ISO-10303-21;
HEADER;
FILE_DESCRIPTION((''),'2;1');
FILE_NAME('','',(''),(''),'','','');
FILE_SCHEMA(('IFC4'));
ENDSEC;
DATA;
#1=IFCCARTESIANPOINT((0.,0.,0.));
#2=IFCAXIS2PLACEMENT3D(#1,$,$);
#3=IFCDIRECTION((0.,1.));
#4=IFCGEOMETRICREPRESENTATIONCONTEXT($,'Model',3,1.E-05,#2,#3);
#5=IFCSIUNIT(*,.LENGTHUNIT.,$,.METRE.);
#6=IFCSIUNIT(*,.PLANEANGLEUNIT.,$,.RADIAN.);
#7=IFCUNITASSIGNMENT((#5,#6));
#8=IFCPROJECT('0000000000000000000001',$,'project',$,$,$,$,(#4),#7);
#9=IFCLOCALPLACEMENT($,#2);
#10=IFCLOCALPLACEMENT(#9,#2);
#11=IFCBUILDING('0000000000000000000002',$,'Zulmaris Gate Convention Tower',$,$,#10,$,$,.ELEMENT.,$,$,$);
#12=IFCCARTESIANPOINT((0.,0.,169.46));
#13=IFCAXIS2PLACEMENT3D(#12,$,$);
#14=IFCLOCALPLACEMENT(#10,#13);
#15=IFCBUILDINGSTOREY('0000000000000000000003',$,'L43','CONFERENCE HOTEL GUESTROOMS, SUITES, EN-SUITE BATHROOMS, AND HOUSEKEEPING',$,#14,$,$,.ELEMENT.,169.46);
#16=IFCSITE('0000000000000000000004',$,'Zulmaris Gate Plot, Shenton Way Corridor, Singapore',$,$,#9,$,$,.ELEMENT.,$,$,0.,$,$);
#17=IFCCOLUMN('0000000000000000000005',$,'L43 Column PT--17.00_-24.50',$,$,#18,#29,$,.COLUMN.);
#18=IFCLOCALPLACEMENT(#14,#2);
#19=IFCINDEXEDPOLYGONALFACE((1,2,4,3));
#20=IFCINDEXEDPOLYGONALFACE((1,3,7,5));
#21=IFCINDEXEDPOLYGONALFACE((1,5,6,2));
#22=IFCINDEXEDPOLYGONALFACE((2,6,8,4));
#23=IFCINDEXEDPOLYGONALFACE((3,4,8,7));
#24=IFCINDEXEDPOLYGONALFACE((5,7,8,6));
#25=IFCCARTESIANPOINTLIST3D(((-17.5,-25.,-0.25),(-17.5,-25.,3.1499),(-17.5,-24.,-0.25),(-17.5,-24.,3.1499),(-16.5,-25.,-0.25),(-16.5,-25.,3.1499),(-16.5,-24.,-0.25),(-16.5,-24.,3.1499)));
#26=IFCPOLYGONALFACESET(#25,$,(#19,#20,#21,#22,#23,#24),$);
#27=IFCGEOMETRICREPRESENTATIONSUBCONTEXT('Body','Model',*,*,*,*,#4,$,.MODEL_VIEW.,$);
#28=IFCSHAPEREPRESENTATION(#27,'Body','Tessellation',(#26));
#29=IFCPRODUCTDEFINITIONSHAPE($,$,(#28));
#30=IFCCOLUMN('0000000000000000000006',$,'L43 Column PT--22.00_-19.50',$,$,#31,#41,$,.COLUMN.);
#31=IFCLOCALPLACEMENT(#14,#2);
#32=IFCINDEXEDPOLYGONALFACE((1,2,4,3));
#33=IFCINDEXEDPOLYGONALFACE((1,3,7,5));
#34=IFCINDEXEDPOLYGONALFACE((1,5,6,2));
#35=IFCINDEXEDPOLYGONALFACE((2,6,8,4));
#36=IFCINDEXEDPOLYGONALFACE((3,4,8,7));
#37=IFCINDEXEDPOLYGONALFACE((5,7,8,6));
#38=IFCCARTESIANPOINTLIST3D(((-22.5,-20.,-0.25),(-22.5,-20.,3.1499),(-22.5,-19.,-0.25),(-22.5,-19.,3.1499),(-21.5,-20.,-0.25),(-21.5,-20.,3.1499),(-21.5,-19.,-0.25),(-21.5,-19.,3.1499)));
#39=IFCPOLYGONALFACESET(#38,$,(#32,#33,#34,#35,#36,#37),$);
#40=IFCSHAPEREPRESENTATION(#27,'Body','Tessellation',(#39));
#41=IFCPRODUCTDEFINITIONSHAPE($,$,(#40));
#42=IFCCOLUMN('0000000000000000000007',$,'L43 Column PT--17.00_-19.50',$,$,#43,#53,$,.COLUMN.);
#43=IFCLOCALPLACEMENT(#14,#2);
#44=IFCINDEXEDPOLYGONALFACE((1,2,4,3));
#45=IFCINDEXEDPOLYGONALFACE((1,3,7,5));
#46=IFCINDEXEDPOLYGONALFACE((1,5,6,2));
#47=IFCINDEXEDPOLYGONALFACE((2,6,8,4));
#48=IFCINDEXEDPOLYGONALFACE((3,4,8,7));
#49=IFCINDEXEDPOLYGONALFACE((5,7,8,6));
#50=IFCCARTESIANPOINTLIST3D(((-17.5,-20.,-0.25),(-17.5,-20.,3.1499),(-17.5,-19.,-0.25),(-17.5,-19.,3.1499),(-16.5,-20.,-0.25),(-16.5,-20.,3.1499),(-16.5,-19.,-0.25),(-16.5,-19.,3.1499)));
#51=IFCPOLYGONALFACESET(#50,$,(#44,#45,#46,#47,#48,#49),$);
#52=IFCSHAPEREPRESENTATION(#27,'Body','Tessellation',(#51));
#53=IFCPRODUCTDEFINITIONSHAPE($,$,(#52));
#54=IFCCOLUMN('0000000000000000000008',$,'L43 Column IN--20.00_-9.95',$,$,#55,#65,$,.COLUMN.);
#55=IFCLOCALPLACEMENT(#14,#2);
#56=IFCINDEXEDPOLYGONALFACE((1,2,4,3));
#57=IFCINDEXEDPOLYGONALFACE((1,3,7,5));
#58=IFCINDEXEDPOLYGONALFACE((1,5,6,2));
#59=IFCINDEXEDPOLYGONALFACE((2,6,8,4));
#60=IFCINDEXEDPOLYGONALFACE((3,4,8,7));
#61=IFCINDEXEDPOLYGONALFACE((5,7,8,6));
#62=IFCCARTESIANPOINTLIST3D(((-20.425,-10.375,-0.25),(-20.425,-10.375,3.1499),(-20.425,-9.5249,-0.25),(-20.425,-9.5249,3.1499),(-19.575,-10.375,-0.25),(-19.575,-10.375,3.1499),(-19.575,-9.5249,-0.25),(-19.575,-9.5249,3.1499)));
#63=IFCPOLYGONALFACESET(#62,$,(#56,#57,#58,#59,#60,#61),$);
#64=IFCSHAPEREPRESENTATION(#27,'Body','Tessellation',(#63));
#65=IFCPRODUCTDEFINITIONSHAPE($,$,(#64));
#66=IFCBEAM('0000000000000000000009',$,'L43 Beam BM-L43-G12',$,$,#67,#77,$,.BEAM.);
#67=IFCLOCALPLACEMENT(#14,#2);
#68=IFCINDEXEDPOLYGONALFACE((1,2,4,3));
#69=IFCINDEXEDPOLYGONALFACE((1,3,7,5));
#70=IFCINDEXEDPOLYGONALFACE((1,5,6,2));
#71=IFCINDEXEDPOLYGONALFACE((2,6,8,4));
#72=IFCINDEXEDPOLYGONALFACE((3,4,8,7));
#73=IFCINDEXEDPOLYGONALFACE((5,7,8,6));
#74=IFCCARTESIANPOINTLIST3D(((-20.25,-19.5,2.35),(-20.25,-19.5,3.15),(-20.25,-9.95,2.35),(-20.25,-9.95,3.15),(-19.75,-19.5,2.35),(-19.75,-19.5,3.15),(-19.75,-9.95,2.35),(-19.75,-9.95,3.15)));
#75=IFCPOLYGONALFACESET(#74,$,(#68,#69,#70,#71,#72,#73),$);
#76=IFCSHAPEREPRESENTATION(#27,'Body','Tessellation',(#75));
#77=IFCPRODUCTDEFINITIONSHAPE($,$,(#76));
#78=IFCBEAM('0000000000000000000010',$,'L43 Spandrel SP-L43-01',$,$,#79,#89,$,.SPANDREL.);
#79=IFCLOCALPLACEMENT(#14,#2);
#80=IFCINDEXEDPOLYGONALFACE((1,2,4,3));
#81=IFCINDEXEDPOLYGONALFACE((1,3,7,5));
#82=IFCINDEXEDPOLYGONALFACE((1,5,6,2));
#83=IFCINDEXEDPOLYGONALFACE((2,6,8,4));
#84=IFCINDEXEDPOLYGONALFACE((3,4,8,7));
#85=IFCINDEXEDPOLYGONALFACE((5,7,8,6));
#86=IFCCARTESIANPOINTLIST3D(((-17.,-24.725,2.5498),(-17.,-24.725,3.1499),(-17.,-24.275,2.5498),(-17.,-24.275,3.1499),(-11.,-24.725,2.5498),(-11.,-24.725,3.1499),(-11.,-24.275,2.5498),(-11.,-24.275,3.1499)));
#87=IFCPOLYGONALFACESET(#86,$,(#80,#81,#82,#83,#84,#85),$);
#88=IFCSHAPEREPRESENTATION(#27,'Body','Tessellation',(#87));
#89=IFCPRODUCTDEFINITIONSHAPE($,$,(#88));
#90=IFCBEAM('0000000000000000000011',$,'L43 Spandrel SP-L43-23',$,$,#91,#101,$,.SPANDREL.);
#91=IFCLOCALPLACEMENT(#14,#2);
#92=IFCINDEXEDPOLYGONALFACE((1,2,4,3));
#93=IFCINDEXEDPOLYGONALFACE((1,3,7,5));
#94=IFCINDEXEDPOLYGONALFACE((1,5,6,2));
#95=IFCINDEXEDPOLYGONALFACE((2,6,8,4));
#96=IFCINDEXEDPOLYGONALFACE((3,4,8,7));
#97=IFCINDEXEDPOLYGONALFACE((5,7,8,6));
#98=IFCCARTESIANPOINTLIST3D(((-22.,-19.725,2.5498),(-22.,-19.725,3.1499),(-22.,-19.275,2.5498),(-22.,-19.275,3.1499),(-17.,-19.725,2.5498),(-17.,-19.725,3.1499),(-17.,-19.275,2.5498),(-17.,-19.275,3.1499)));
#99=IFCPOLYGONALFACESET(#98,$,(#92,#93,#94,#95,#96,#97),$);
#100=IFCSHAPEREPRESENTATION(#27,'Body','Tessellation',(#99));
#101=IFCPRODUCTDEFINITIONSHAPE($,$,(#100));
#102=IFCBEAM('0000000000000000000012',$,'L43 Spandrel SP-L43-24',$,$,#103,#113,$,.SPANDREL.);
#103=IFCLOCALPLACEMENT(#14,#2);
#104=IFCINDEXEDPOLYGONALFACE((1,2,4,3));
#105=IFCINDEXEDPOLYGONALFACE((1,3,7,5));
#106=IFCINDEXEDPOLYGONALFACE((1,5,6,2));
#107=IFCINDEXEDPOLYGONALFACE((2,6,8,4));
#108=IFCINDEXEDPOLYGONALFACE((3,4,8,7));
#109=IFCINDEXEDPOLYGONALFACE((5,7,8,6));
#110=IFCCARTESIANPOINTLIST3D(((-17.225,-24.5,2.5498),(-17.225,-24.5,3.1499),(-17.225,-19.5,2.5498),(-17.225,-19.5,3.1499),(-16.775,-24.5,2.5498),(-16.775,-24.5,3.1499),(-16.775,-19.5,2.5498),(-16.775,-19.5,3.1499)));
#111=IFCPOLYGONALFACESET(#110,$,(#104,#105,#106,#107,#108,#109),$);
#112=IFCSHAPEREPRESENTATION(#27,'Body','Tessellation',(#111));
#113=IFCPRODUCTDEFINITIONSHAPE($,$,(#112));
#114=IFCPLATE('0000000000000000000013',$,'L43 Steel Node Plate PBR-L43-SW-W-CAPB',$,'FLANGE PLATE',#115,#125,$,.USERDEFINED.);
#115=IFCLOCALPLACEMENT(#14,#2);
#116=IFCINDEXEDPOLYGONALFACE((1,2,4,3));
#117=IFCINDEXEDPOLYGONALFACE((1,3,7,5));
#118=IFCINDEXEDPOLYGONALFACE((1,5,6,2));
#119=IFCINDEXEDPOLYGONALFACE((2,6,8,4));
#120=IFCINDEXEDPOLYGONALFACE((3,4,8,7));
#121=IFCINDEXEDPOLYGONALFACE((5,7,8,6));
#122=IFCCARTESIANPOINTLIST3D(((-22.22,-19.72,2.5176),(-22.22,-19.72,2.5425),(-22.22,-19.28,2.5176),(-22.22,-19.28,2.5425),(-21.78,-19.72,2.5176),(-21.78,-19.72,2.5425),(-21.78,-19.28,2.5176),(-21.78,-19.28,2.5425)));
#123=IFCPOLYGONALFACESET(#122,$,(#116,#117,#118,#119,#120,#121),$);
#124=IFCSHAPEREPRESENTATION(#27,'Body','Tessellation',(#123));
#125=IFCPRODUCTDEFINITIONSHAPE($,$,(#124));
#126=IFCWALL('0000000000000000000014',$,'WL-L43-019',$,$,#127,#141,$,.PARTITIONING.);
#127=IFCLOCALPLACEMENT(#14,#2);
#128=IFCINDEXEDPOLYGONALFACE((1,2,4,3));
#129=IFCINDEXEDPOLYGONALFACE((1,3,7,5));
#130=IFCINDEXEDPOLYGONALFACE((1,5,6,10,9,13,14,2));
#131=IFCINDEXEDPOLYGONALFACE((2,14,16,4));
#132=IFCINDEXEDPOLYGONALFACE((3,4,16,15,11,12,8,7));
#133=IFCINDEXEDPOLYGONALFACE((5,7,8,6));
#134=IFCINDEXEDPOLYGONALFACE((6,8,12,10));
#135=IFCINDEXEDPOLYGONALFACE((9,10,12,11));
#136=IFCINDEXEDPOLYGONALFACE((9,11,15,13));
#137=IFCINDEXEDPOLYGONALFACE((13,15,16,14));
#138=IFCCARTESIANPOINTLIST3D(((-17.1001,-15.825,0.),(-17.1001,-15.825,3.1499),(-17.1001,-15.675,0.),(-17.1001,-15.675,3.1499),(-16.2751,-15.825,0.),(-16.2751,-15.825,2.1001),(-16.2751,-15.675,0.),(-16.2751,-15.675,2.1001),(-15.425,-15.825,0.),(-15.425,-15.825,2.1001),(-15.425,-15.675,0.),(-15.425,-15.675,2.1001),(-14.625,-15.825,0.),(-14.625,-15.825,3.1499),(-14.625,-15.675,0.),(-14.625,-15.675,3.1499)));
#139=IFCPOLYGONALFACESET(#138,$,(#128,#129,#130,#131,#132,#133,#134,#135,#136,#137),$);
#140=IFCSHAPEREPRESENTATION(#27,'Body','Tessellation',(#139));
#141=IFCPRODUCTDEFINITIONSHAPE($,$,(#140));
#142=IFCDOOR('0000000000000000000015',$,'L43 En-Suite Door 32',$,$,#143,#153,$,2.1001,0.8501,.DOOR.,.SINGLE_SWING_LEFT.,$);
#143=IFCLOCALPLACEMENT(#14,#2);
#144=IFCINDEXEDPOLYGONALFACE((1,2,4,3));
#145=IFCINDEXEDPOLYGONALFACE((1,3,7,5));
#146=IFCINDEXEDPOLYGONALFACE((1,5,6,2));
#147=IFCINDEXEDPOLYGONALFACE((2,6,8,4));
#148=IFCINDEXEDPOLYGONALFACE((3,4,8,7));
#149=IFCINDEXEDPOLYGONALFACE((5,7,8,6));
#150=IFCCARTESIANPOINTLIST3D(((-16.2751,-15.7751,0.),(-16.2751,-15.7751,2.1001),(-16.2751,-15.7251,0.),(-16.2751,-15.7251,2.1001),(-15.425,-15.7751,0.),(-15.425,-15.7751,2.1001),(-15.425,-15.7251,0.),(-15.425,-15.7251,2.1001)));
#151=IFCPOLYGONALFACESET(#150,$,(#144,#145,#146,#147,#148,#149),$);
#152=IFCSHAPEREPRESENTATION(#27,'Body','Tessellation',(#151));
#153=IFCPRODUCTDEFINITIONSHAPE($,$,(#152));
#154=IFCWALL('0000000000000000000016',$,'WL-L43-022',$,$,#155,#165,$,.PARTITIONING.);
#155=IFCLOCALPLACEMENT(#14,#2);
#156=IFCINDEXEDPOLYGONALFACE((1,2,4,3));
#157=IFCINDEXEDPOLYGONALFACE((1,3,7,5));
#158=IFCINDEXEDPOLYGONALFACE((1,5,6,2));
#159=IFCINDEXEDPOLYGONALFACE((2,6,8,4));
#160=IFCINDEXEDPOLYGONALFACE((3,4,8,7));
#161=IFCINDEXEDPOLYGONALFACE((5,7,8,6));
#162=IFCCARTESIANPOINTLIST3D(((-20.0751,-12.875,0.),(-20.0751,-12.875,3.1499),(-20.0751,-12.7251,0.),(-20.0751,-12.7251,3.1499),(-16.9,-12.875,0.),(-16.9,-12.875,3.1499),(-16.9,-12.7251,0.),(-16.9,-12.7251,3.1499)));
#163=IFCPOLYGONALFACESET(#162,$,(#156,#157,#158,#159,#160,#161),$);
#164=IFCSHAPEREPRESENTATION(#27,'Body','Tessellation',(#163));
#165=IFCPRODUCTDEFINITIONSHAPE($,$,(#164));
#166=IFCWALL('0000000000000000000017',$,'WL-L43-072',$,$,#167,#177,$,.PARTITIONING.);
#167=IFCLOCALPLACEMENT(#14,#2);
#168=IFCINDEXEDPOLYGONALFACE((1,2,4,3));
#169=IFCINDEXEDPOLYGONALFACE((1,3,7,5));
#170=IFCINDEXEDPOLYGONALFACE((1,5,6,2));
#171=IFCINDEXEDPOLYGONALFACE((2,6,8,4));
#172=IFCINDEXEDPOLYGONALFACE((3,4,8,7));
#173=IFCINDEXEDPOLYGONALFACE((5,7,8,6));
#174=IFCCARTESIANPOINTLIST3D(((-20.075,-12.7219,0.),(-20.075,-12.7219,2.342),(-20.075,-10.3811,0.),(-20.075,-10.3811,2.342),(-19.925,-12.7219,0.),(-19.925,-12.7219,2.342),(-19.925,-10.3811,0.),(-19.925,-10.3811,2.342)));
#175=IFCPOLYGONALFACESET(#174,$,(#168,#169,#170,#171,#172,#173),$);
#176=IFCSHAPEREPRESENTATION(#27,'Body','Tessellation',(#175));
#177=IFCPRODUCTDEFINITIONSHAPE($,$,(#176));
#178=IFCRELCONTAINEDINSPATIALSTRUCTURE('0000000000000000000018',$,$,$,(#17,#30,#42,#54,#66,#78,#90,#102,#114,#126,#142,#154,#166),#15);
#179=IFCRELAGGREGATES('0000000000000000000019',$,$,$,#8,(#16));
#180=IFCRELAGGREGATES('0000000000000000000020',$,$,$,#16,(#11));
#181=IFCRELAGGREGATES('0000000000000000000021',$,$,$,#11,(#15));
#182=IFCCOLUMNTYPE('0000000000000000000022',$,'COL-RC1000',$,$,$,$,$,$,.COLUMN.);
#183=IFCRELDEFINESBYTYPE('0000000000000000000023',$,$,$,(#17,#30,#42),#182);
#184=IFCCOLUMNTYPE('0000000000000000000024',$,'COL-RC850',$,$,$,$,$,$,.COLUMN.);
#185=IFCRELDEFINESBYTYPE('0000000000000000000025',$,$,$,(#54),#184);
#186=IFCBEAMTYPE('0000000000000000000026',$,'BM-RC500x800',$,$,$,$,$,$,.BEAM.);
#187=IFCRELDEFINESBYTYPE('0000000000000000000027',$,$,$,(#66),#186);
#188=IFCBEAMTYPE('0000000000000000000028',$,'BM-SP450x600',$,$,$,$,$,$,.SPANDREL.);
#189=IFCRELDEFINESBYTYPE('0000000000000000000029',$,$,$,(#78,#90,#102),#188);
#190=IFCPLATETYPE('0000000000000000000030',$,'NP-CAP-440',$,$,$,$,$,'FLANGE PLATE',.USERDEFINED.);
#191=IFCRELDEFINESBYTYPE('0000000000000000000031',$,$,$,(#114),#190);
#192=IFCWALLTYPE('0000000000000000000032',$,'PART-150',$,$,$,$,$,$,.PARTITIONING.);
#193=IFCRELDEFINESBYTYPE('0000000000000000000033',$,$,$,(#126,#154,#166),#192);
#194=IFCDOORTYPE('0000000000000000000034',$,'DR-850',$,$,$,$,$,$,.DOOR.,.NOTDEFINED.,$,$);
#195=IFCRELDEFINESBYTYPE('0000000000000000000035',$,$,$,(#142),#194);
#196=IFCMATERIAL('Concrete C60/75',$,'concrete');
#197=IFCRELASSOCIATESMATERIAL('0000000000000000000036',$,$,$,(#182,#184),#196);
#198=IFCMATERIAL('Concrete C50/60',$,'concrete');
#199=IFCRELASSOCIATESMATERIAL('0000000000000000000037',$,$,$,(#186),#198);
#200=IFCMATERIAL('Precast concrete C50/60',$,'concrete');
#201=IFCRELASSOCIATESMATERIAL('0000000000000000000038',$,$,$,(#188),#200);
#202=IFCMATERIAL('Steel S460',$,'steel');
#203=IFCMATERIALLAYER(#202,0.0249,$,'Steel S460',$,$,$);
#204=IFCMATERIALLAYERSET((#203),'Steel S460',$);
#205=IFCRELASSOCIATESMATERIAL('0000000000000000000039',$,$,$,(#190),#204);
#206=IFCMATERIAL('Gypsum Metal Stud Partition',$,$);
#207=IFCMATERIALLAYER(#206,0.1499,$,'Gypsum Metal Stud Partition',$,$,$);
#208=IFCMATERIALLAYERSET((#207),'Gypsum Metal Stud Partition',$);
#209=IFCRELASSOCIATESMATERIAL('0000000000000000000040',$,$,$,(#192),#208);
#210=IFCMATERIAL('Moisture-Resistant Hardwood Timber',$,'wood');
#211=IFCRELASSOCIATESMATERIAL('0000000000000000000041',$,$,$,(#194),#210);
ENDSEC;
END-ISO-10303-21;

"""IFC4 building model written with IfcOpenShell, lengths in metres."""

from ifc_helpers import new_model, si_unit, direction, frame, frame_2d, origin, origin_2d, place, context, subcontext, project, spatial, rectangle, extrude, material, layer, layer_set, material_profile, profile_set, type_object, element, fill, save


model = new_model("IFC4")

# Units and contexts
model_context = context("Model", 3, precision=1e-05, world=origin(), true_north=direction((0.0, 1.0)))
body_context = subcontext(model_context, "Body", "Model", "MODEL_VIEW")
ifc_project = project(units=[si_unit("LENGTHUNIT", "METRE"), si_unit("PLANEANGLEUNIT", "RADIAN")], contexts=[model_context])

# Site, building, storey
site_placement = place(None, origin())
site = spatial("IfcSite", under=ifc_project, at=site_placement, Name="Zulmaris Gate Plot, Shenton Way Corridor, Singapore", CompositionType="ELEMENT", RefElevation=0.0)
building_placement = place(site_placement, origin())
building = spatial("IfcBuilding", under=site, at=building_placement, Name="Zulmaris Gate Convention Tower", CompositionType="ELEMENT")
storey_placement = place(building_placement, frame((0.0, 0.0, 169.46)))
storey = spatial("IfcBuildingStorey", under=building, at=storey_placement, Name="L43", Description="CONFERENCE HOTEL GUESTROOMS, SUITES, EN-SUITE BATHROOMS, AND HOUSEKEEPING", CompositionType="ELEMENT", Elevation=169.46)

# Columns
ifc_material_1 = material(Name="Concrete C60/75", Category="concrete")
ifc_material_profile_1 = material_profile(ifc_material_1, rectangle(XDim=1.0, YDim=1.0, at=origin_2d()), Name="RC COL 1000x1000")
ifc_profile_set_1 = profile_set([ifc_material_profile_1], Name="Concrete C60/75")
column_type_1 = type_object("IfcColumnType", Name="COL-RC1000", PredefinedType="COLUMN", material=ifc_profile_set_1)
for number, where, z_axis, x_axis, name in (
    (1, (-17.0, -24.5, -0.25), (0.0, 0.0, 1.0), (1.0, 0.0, 0.0), "L43 Column PT--17.00_-24.50"),
    (2, (-22.0, -19.5, -0.25), (0.0, 0.0, 1.0), (1.0, 0.0, 0.0), "L43 Column PT--22.00_-19.50"),
    (3, (-17.0, -19.5, -0.25), (0.0, 0.0, 1.0), (1.0, 0.0, 0.0), "L43 Column PT--17.00_-19.50"),
):
    element("IfcColumn", number, at=place(storey_placement, frame(where, z_axis=z_axis, x_axis=x_axis)), inside=storey, type_object=column_type_1, Name=name, PredefinedType="COLUMN", context=body_context, shape_type="SweptSolid", body=[
        extrude(rectangle(XDim=1.0, YDim=1.0, at=origin_2d()), origin(), (0.0, 0.0, 1.0), 3.3999),
    ])
ifc_material_profile_2 = material_profile(ifc_material_1, rectangle(XDim=0.8501, YDim=0.8501, at=origin_2d()), Name="RC COL 850x850")
ifc_profile_set_2 = profile_set([ifc_material_profile_2], Name="Concrete C60/75")
column_type_2 = type_object("IfcColumnType", Name="COL-RC850", PredefinedType="COLUMN", material=ifc_profile_set_2)
column_placement = place(storey_placement, frame((-20.0, -9.95, -0.25), z_axis=(0.0, 0.0, 1.0), x_axis=(1.0, 0.0, 0.0)))
element("IfcColumn", 4, at=column_placement, inside=storey, type_object=column_type_2, Name="L43 Column IN--20.00_-9.95", PredefinedType="COLUMN", context=body_context, shape_type="SweptSolid", body=[
    extrude(rectangle(XDim=0.8501, YDim=0.8501, at=origin_2d()), origin(), (0.0, 0.0, 1.0), 3.3999),
])

# Beams
ifc_material_2 = material(Name="Concrete C50/60", Category="concrete")
ifc_material_profile_3 = material_profile(ifc_material_2, rectangle(XDim=0.5, YDim=0.8, at=origin_2d()), Name="RC BEAM 500x800")
ifc_profile_set_3 = profile_set([ifc_material_profile_3], Name="Concrete C50/60")
beam_type_1 = type_object("IfcBeamType", Name="BM-RC500x800", PredefinedType="BEAM", material=ifc_profile_set_3)
beam_1_placement = place(storey_placement, frame((-20.0, -19.5, 2.75), z_axis=(0.0, 1.0, 0.0), x_axis=(-1.0, 0.0, 0.0)))
element("IfcBeam", 5, at=beam_1_placement, inside=storey, type_object=beam_type_1, Name="L43 Beam BM-L43-G12", PredefinedType="BEAM", context=body_context, shape_type="SweptSolid", body=[
    extrude(rectangle(XDim=0.5, YDim=0.8, at=origin_2d()), origin(), (0.0, 0.0, 1.0), 9.55),
])
ifc_material_3 = material(Name="Precast concrete C50/60", Category="concrete")
ifc_material_profile_4 = material_profile(ifc_material_3, rectangle(XDim=0.45, YDim=0.6001, at=origin_2d()), Name="RC SPANDREL 450x600")
ifc_profile_set_4 = profile_set([ifc_material_profile_4], Name="Precast concrete C50/60")
beam_type_2 = type_object("IfcBeamType", Name="BM-SP450x600", PredefinedType="SPANDREL", material=ifc_profile_set_4)
beam_2_placement = place(storey_placement, frame((-17.0, -24.5, 2.8499), z_axis=(1.0, 0.0, 0.0), x_axis=(0.0, 1.0, 0.0)))
element("IfcBeam", 6, at=beam_2_placement, inside=storey, type_object=beam_type_2, Name="L43 Spandrel SP-L43-01", PredefinedType="SPANDREL", context=body_context, shape_type="SweptSolid", body=[
    extrude(rectangle(XDim=0.45, YDim=0.6001, at=origin_2d()), origin(), (0.0, 0.0, 1.0), 6.0),
])
for number, where, z_axis, x_axis, name in (
    (7, (-22.0, -19.5, 2.8499), (1.0, 0.0, 0.0), (0.0, 1.0, 0.0), "L43 Spandrel SP-L43-23"),
    (8, (-17.0, -19.5, 2.8499), (0.0, -1.0, 0.0), (1.0, 0.0, 0.0), "L43 Spandrel SP-L43-24"),
):
    element("IfcBeam", number, at=place(storey_placement, frame(where, z_axis=z_axis, x_axis=x_axis)), inside=storey, type_object=beam_type_2, Name=name, PredefinedType="SPANDREL", context=body_context, shape_type="SweptSolid", body=[
        extrude(rectangle(XDim=0.45, YDim=0.6001, at=origin_2d()), origin(), (0.0, 0.0, 1.0), 5.0),
    ])

# Plate
ifc_material_4 = material(Name="Steel S460", Category="steel")
ifc_layer_1 = layer(ifc_material_4, 0.0249, Name="Steel S460")
ifc_layer_set_1 = layer_set([ifc_layer_1], Name="Steel S460")
plate_type = type_object("IfcPlateType", Name="NP-CAP-440", ElementType="FLANGE PLATE", PredefinedType="USERDEFINED", material=ifc_layer_set_1)
plate_placement = place(storey_placement, frame((-22.0, -19.5, 2.5176), z_axis=(0.0, 0.0, 1.0), x_axis=(1.0, 0.0, 0.0)))
element("IfcPlate", 9, at=plate_placement, inside=storey, type_object=plate_type, Name="L43 Steel Node Plate PBR-L43-SW-W-CAPB", ObjectType="FLANGE PLATE", PredefinedType="USERDEFINED", context=body_context, shape_type="SweptSolid", body=[
    extrude(rectangle(XDim=0.4399, YDim=0.4399, at=origin_2d()), origin(), (0.0, 0.0, 1.0), 0.0249),
])

# Wall, opening, door
ifc_material_5 = material(Name="Gypsum Metal Stud Partition")
ifc_layer_2 = layer(ifc_material_5, 0.1499, Name="Gypsum Metal Stud Partition")
ifc_layer_set_2 = layer_set([ifc_layer_2], Name="Gypsum Metal Stud Partition")
wall_type_1 = type_object("IfcWallType", Name="PART-150", PredefinedType="PARTITIONING", material=ifc_layer_set_2)
wall_1_placement = place(storey_placement, frame((-17.1001, -15.75, 0.0), z_axis=(0.0, 0.0, 1.0), x_axis=(1.0, 0.0, 0.0)))
wall_1 = element("IfcWall", 10, at=wall_1_placement, inside=storey, type_object=wall_type_1, Name="WL-L43-019", PredefinedType="PARTITIONING", context=body_context, shape_type="SweptSolid", body=[
    extrude(rectangle(XDim=2.4751, YDim=0.1499, at=frame_2d((1.2375, 0.0))), origin(), (0.0, 0.0, 1.0), 3.1499),
])
opening_1_placement = place(wall_1_placement, frame((0.825, 0.0, 0.0)))
opening_1 = element("IfcOpeningElement", 11, at=opening_1_placement, cuts=wall_1, PredefinedType="OPENING", context=body_context, shape_type="SweptSolid", body=[
    extrude(rectangle(XDim=0.8501, YDim=2.1001, at=frame_2d((0.425, 1.05))), frame((0.0, 0.085, 0.0), z_axis=(0.0, -1.0, 0.0), x_axis=(1.0, 0.0, 0.0)), (0.0, 0.0, 1.0), 0.1699),
])
ifc_material_6 = material(Name="Moisture-Resistant Hardwood Timber", Category="wood")
door_type_1 = type_object("IfcDoorType", Name="DR-850", OperationType="NOTDEFINED", PredefinedType="DOOR", material=ifc_material_6)
door_1_placement = place(opening_1_placement, origin())
door_1 = element("IfcDoor", 12, at=door_1_placement, inside=storey, type_object=door_type_1, Name="L43 En-Suite Door 32", OperationType="SINGLE_SWING_LEFT", OverallHeight=2.1001, OverallWidth=0.8501, PredefinedType="DOOR", context=body_context, shape_type="SweptSolid", body=[
    extrude(rectangle(XDim=0.8501, YDim=2.1001, at=frame_2d((0.425, 1.05))), frame((0.0, 0.0249, 0.0), z_axis=(0.0, -1.0, 0.0), x_axis=(1.0, 0.0, 0.0)), (0.0, 0.0, 1.0), 0.05),
])
fill(opening_1, door_1)

# Walls
wall_2_placement = place(storey_placement, frame((-20.075, -12.8, 0.0), z_axis=(0.0, 0.0, 1.0), x_axis=(1.0, 0.0, 0.0)))
element("IfcWall", 13, at=wall_2_placement, inside=storey, type_object=wall_type_1, Name="WL-L43-022", PredefinedType="PARTITIONING", context=body_context, shape_type="SweptSolid", body=[
    extrude(rectangle(XDim=3.175, YDim=0.1499, at=frame_2d((1.5874, 0.0))), origin(), (0.0, 0.0, 1.0), 3.1499),
])
wall_3_placement = place(storey_placement, frame((-20.0, -12.7219, 0.0), z_axis=(0.0, 0.0, 1.0), x_axis=(0.0, 1.0, 0.0)))
element("IfcWall", 14, at=wall_3_placement, inside=storey, type_object=wall_type_1, Name="WL-L43-072", PredefinedType="PARTITIONING", context=body_context, shape_type="SweptSolid", body=[
    extrude(rectangle(XDim=2.3408, YDim=0.1499, at=frame_2d((1.1704, 0.0))), origin(), (0.0, 0.0, 1.0), 2.342),
])

save(model, "model.ifc")
